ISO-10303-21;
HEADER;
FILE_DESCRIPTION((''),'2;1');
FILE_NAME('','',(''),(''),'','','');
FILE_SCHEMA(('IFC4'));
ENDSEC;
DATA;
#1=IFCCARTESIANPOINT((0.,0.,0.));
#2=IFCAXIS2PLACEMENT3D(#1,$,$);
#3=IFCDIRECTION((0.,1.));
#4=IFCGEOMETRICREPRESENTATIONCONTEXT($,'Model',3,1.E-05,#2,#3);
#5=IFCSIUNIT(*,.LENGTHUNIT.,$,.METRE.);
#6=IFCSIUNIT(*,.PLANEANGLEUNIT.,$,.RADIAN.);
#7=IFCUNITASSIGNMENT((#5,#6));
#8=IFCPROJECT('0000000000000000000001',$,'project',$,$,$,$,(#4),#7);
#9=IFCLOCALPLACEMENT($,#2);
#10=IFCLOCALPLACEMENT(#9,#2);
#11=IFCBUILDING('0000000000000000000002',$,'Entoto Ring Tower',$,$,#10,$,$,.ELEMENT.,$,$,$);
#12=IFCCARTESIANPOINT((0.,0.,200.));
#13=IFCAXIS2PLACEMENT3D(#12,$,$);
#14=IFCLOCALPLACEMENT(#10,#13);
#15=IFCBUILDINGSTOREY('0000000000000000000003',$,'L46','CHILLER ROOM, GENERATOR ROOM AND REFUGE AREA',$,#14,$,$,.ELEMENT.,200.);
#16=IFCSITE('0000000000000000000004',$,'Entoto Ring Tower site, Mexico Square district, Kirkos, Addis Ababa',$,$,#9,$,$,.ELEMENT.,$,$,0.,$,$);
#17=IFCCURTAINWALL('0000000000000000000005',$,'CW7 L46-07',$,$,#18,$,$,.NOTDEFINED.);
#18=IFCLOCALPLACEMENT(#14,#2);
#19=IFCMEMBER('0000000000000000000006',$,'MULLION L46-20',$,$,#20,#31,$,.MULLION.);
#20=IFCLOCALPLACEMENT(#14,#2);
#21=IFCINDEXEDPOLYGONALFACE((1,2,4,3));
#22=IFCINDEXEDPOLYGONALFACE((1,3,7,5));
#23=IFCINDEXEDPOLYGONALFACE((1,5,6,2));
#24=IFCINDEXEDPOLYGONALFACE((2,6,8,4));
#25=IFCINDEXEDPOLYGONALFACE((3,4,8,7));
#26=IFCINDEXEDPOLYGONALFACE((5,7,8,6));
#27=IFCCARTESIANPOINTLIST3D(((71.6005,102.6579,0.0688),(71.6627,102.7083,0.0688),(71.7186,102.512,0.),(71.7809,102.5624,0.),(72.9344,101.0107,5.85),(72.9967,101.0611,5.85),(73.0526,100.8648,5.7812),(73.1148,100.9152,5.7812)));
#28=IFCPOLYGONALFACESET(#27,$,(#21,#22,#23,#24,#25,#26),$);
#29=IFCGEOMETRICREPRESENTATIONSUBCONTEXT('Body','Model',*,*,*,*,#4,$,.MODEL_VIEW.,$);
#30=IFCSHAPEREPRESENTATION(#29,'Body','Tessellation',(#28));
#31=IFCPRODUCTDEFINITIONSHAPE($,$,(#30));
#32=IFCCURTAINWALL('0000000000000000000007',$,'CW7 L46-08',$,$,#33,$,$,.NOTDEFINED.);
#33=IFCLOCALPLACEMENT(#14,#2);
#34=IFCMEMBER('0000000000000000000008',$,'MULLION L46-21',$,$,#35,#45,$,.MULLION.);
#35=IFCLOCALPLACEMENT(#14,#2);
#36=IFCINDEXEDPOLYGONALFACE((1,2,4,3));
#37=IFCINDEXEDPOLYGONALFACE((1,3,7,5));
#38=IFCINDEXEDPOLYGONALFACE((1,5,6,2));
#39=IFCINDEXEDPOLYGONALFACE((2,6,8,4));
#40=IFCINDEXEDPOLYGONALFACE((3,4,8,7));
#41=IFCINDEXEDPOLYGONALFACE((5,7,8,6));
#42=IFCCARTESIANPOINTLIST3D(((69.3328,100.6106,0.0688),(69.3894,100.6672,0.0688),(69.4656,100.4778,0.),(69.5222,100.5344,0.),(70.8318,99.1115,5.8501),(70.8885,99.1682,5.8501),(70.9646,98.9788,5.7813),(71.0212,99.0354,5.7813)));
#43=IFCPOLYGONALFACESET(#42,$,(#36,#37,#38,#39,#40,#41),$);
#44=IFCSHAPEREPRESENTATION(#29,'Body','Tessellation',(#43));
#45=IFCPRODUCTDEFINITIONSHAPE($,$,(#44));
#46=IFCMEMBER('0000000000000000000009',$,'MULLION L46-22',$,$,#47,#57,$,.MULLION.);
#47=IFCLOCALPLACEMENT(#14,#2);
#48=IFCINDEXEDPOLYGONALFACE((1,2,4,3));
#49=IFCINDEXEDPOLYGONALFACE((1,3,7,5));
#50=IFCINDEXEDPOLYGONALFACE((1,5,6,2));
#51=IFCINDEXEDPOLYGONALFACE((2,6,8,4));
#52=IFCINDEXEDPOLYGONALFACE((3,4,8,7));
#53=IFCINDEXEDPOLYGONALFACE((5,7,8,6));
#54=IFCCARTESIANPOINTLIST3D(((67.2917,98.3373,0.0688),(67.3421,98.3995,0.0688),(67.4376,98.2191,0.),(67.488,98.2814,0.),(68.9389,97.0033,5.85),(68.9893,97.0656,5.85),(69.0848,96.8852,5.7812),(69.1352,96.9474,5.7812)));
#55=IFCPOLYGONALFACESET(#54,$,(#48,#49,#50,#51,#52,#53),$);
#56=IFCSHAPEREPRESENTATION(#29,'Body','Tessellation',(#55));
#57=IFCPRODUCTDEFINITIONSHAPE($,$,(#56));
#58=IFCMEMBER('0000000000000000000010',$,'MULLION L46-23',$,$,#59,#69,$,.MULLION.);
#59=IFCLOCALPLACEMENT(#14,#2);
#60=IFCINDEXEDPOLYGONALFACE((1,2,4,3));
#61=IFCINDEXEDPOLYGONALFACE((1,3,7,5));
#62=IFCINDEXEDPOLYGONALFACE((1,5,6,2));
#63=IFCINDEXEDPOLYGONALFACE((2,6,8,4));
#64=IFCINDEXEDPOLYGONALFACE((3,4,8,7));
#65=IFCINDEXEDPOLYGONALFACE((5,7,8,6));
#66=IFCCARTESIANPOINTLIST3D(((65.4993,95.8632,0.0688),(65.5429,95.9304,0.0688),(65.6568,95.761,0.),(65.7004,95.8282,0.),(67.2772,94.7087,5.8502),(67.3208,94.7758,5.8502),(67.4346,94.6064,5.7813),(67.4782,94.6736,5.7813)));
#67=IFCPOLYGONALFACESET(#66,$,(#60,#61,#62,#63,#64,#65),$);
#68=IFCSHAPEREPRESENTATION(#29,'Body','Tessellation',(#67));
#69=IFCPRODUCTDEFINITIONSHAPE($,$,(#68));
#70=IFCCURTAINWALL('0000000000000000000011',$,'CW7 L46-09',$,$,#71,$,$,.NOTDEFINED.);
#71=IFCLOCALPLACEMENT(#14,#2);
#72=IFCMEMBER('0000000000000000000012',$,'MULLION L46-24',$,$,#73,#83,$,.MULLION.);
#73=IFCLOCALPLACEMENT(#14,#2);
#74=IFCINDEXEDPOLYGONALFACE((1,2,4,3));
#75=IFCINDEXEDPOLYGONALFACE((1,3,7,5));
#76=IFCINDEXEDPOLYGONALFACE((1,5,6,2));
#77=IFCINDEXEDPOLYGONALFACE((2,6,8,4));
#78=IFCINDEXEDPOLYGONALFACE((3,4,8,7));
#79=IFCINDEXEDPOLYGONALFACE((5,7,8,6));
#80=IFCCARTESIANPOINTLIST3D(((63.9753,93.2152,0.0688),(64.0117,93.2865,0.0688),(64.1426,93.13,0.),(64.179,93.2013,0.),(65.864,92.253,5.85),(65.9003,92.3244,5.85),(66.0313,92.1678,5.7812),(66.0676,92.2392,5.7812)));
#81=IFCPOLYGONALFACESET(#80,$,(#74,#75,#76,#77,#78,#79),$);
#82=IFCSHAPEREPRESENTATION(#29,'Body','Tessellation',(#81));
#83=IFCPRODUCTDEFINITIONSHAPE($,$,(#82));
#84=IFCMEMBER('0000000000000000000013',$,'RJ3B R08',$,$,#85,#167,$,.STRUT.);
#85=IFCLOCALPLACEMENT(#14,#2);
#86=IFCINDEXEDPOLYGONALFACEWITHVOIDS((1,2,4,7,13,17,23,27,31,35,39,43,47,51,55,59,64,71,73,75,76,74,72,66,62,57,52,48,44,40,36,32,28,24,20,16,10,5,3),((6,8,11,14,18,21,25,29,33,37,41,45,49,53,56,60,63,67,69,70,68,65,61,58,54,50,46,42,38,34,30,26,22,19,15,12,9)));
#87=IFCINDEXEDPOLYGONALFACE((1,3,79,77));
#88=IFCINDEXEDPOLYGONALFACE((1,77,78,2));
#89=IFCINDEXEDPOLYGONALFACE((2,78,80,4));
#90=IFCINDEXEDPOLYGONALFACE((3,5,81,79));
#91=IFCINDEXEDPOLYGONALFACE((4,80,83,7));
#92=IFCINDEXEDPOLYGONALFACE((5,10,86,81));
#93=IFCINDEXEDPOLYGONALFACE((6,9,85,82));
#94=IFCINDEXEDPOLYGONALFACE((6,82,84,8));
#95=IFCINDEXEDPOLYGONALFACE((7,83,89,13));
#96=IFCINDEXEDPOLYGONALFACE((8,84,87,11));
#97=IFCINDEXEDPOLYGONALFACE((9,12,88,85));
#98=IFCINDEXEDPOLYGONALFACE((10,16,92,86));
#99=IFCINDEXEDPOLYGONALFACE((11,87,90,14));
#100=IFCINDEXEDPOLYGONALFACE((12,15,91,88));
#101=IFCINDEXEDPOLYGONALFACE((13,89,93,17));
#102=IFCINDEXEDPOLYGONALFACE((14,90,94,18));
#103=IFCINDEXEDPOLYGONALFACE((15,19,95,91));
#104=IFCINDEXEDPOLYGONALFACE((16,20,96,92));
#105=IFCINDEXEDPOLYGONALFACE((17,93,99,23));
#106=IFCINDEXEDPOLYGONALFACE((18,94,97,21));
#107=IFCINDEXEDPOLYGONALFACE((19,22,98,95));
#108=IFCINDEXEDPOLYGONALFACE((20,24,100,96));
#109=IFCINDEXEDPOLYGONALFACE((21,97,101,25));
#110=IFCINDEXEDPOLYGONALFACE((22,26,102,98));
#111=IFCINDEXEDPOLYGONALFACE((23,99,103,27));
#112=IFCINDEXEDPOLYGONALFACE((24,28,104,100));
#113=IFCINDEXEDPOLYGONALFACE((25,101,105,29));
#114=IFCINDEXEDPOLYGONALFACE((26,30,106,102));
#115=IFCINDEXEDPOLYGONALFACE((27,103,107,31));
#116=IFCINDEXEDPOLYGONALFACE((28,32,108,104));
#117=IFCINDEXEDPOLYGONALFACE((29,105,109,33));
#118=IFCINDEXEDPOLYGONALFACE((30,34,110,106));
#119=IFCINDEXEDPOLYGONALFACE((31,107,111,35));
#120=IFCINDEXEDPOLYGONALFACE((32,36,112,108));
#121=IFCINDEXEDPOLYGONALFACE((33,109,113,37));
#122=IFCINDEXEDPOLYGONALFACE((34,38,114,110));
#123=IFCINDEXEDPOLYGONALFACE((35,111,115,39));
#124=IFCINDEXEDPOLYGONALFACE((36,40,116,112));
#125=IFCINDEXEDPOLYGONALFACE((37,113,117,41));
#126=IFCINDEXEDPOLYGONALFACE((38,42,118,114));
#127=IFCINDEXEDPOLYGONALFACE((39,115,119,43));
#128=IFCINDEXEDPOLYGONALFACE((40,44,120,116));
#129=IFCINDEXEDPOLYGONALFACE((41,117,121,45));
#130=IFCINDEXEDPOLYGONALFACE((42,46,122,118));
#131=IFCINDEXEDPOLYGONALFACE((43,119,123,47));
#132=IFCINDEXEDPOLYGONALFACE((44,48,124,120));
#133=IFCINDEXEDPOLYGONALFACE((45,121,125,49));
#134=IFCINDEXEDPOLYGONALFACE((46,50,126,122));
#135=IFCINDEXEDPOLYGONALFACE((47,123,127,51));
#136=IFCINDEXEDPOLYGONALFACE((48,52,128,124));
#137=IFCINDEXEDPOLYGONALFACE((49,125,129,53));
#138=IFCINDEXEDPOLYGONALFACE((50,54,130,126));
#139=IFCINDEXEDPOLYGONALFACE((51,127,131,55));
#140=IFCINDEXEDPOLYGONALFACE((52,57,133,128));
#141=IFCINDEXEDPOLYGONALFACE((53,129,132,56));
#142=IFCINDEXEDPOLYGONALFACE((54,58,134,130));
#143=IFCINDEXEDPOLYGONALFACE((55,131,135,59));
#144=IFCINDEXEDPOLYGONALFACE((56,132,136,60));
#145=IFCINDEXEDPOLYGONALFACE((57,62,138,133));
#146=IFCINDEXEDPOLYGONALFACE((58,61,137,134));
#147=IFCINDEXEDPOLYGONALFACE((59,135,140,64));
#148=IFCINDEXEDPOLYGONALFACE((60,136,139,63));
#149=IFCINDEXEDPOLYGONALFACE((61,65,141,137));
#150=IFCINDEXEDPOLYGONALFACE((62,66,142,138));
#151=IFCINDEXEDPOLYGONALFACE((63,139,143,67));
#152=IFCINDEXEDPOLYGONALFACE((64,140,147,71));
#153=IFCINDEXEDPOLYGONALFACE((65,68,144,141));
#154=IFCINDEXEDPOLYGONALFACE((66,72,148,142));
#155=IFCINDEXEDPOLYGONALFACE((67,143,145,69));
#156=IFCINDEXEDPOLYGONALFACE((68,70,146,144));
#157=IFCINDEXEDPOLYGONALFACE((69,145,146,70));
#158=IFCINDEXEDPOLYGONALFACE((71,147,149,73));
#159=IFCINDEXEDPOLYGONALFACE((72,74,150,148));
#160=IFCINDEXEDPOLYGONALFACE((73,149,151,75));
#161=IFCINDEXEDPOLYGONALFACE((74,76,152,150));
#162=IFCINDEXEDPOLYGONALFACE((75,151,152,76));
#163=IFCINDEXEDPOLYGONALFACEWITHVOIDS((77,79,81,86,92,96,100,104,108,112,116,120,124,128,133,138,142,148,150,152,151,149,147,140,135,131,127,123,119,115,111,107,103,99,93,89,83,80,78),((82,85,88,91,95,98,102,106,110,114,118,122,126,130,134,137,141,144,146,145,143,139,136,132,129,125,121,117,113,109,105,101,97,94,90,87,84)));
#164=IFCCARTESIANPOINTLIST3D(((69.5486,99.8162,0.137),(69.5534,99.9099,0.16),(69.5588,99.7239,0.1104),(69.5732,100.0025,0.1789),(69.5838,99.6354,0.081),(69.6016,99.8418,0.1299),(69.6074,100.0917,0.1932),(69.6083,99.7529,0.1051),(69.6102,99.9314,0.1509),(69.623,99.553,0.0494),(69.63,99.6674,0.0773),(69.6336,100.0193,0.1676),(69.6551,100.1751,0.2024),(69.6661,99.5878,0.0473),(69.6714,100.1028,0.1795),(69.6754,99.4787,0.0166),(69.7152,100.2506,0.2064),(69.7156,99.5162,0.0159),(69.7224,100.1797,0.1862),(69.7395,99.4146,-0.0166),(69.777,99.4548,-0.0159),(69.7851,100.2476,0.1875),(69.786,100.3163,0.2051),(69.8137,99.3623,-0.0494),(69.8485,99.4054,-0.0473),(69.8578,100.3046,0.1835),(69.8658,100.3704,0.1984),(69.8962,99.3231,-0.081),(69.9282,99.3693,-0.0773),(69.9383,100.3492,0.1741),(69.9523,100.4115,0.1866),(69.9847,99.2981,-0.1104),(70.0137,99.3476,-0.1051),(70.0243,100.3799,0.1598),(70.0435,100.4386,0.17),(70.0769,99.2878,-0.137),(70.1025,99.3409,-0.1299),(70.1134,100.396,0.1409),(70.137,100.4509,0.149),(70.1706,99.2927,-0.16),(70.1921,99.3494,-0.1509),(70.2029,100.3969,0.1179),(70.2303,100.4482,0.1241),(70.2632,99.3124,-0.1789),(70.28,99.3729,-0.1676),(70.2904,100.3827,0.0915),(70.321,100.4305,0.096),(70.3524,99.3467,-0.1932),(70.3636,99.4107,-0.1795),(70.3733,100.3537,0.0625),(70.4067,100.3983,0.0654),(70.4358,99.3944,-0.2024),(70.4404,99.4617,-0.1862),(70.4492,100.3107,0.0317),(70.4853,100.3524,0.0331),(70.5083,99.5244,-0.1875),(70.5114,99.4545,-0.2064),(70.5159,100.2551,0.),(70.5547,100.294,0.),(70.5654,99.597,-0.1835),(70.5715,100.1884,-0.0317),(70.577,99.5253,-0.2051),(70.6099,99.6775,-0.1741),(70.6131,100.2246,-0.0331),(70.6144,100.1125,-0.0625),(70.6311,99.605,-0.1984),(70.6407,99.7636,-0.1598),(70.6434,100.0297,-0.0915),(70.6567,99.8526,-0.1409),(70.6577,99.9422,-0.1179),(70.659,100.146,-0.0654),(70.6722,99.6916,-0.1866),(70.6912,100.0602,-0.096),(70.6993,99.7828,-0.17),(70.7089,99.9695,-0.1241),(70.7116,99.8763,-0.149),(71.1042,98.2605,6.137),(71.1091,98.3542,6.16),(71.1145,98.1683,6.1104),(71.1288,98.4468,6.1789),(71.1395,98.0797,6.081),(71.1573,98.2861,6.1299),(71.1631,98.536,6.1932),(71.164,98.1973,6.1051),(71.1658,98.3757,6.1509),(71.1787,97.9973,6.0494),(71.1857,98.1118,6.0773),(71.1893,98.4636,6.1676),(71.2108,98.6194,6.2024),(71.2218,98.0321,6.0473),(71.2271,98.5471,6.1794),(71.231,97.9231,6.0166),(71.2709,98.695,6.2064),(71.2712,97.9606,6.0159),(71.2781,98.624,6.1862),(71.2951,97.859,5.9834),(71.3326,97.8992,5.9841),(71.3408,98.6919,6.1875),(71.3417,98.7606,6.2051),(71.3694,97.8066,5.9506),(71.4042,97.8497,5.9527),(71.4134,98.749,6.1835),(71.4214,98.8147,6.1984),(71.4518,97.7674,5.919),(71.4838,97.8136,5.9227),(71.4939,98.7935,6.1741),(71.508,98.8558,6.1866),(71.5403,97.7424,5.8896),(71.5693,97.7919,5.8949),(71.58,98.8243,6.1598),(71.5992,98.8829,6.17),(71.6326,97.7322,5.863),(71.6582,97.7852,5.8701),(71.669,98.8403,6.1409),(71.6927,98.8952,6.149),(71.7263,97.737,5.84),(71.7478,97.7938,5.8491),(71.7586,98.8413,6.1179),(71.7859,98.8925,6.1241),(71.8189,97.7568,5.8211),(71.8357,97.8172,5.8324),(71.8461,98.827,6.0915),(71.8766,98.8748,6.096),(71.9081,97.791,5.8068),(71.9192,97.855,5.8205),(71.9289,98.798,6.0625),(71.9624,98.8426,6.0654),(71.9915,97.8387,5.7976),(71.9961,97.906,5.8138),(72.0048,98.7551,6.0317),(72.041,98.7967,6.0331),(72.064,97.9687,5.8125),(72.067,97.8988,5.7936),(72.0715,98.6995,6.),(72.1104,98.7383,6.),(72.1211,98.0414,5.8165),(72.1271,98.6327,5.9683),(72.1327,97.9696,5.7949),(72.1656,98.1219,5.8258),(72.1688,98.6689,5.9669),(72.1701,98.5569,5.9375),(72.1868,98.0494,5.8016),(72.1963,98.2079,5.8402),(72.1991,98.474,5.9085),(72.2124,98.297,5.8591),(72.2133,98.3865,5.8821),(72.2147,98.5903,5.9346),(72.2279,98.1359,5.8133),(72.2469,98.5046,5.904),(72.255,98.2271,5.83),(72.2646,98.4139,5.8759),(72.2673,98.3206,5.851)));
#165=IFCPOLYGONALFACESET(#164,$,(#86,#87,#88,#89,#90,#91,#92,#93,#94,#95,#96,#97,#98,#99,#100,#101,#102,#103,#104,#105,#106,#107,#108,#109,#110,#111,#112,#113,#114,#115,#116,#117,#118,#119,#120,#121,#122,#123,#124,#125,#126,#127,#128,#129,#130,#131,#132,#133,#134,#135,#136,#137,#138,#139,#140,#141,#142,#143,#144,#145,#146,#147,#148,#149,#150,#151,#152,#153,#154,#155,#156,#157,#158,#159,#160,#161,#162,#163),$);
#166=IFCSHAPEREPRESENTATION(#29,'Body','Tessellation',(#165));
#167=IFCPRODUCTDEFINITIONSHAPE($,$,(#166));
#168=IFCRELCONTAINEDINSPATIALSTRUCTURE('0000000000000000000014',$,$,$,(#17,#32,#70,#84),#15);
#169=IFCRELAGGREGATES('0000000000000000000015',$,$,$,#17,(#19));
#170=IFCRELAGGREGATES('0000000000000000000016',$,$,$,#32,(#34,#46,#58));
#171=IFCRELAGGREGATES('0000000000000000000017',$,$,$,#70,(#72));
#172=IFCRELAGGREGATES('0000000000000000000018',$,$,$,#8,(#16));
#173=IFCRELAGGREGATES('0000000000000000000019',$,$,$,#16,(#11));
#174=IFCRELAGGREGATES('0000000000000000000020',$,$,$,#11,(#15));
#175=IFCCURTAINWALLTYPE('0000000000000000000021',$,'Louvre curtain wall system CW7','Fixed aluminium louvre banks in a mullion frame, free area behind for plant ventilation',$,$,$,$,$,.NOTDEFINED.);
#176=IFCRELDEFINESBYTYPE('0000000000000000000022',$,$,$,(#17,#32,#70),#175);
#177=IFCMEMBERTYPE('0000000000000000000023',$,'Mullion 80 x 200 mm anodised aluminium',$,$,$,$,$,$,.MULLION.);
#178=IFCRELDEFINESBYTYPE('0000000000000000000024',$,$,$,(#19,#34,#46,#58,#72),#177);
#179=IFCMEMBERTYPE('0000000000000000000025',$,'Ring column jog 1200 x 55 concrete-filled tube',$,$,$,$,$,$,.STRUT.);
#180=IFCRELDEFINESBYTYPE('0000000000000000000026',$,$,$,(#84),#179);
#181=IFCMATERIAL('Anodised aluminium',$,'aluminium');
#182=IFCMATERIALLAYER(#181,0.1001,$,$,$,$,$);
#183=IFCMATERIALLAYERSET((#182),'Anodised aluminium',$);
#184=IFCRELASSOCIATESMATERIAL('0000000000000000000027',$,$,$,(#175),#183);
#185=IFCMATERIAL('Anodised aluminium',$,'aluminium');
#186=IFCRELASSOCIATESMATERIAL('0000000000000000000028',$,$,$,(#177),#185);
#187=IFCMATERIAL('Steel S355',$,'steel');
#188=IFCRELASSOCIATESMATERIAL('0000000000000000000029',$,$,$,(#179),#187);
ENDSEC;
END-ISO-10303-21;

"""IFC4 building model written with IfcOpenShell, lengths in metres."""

from ifc_helpers import new_model, si_unit, direction, frame, origin, origin_2d, place, context, subcontext, project, spatial, rectangle, circle, hollow_circle, extrude, material, layer, layer_set, material_profile, profile_set, type_object, element, aggregate, save


model = new_model("IFC4")

# Units and contexts
model_context = context("Model", 3, precision=1e-05, world=origin(), true_north=direction((0.0, 1.0)))
body_context = subcontext(model_context, "Body", "Model", "MODEL_VIEW")
ifc_project = project(units=[si_unit("LENGTHUNIT", "METRE"), si_unit("PLANEANGLEUNIT", "RADIAN")], contexts=[model_context])

# Site, building, storey
site_placement = place(None, origin())
site = spatial("IfcSite", under=ifc_project, at=site_placement, Name="Entoto Ring Tower site, Mexico Square district, Kirkos, Addis Ababa", CompositionType="ELEMENT", RefElevation=0.0)
building_placement = place(site_placement, origin())
building = spatial("IfcBuilding", under=site, at=building_placement, Name="Entoto Ring Tower", CompositionType="ELEMENT")
storey_placement = place(building_placement, frame((0.0, 0.0, 200.0)))
storey = spatial("IfcBuildingStorey", under=building, at=storey_placement, Name="L46", Description="CHILLER ROOM, GENERATOR ROOM AND REFUGE AREA", CompositionType="ELEMENT", Elevation=200.0)

# Curtain walls, members
ifc_material_1 = material(Name="Anodised aluminium", Category="aluminium")
ifc_layer_1 = layer(ifc_material_1, 0.1001)
ifc_layer_set_1 = layer_set([ifc_layer_1], Name="Anodised aluminium")
curtain_wall_type = type_object("IfcCurtainWallType", Name="Louvre curtain wall system CW7", Description="Fixed aluminium louvre banks in a mullion frame, free area behind for plant ventilation", PredefinedType="NOTDEFINED", material=ifc_layer_set_1)
curtain_wall_1_placement = place(storey_placement, origin())
curtain_wall_1 = element("IfcCurtainWall", 1, at=curtain_wall_1_placement, inside=storey, type_object=curtain_wall_type, Name="CW7 L46-07", PredefinedType="NOTDEFINED")
ifc_material_2 = material(Name="Anodised aluminium", Category="aluminium")
ifc_material_profile_1 = material_profile(ifc_material_2, rectangle(XDim=0.0801, YDim=0.2, at=origin_2d()), Name="Mullion 80 x 200 mm anodised aluminium")
ifc_profile_set_1 = profile_set([ifc_material_profile_1], Name="Anodised aluminium")
member_type_1 = type_object("IfcMemberType", Name="Mullion 80 x 200 mm anodised aluminium", PredefinedType="MULLION", material=ifc_profile_set_1)
member_1_placement = place(storey_placement, frame((71.6907, 102.6101, 0.0344), z_axis=(0.216641, -0.267511, 0.938885), x_axis=(0.777124, 0.629347, 0.0)))
member_1 = element("IfcMember", 2, at=member_1_placement, type_object=member_type_1, Name="MULLION L46-20", PredefinedType="MULLION", context=body_context, shape_type="SweptSolid", body=[
    extrude(rectangle(XDim=0.0801, YDim=0.2, at=origin_2d()), origin(), (0.0, 0.0, 1.0), 6.1575),
])
aggregate(curtain_wall_1, [member_1])
curtain_wall_2_placement = place(storey_placement, origin())
curtain_wall_2 = element("IfcCurtainWall", 3, at=curtain_wall_2_placement, inside=storey, type_object=curtain_wall_type, Name="CW7 L46-08", PredefinedType="NOTDEFINED")
member_2_placement = place(storey_placement, frame((69.4275, 100.5725, 0.0344), z_axis=(0.24344, -0.24344, 0.938869), x_axis=(0.707107, 0.707107, 0.0)))
member_2 = element("IfcMember", 4, at=member_2_placement, type_object=member_type_1, Name="MULLION L46-21", PredefinedType="MULLION", context=body_context, shape_type="SweptSolid", body=[
    extrude(rectangle(XDim=0.0801, YDim=0.2, at=origin_2d()), origin(), (0.0, 0.0, 1.0), 6.1577),
])
member_3_placement = place(storey_placement, frame((67.3899, 98.3093, 0.0344), z_axis=(0.267511, -0.216641, 0.938885), x_axis=(0.629347, 0.777124, 0.0)))
member_3 = element("IfcMember", 5, at=member_3_placement, type_object=member_type_1, Name="MULLION L46-22", PredefinedType="MULLION", context=body_context, shape_type="SweptSolid", body=[
    extrude(rectangle(XDim=0.0801, YDim=0.2, at=origin_2d()), origin(), (0.0, 0.0, 1.0), 6.1575),
])
member_4_placement = place(storey_placement, frame((65.5999, 95.8457, 0.0344), z_axis=(0.28872, -0.187497, 0.938875), x_axis=(0.54464, 0.83867, 0.0)))
member_4 = element("IfcMember", 6, at=member_4_placement, type_object=member_type_1, Name="MULLION L46-23", PredefinedType="MULLION", context=body_context, shape_type="SweptSolid", body=[
    extrude(rectangle(XDim=0.0801, YDim=0.2, at=origin_2d()), origin(), (0.0, 0.0, 1.0), 6.1577),
])
aggregate(curtain_wall_2, [member_2, member_3, member_4])

# Curtain wall, member
curtain_wall_3_placement = place(storey_placement, origin())
curtain_wall_3 = element("IfcCurtainWall", 7, at=curtain_wall_3_placement, inside=storey, type_object=curtain_wall_type, Name="CW7 L46-09", PredefinedType="NOTDEFINED")
member_5_placement = place(storey_placement, frame((64.0771, 93.2083, 0.0344), z_axis=(0.306724, -0.156256, 0.938885), x_axis=(0.453928, 0.891039, 0.0)))
member_5 = element("IfcMember", 8, at=member_5_placement, type_object=member_type_1, Name="MULLION L46-24", PredefinedType="MULLION", context=body_context, shape_type="SweptSolid", body=[
    extrude(rectangle(XDim=0.0801, YDim=0.2, at=origin_2d()), origin(), (0.0, 0.0, 1.0), 6.1575),
])
aggregate(curtain_wall_3, [member_5])

# Member
ifc_material_3 = material(Name="Steel S355", Category="steel")
ifc_material_profile_2 = material_profile(ifc_material_3, hollow_circle(Radius=0.6001, WallThickness=0.0549, at=origin_2d()), Name="CHS 1200 x 55")
ifc_material_4 = material(Name="Concrete C60/75", Category="concrete")
ifc_material_profile_3 = material_profile(ifc_material_4, circle(Radius=0.5449, at=origin_2d()), Name="Concrete C60/75 infill")
ifc_profile_set_2 = profile_set([ifc_material_profile_2, ifc_material_profile_3], Name="Steel S355")
member_type_2 = type_object("IfcMemberType", Name="Ring column jog 1200 x 55 concrete-filled tube", PredefinedType="STRUT", material=ifc_profile_set_2)
for number, where, z_axis, x_axis, name in (
    (9, (70.1304, 99.8696, 0.0), (0.243429, -0.243429, 0.938874), (0.707107, 0.707107, 0.0), "RJ3B R08"),
):
    element("IfcMember", number, at=place(storey_placement, frame(where, z_axis=z_axis, x_axis=x_axis)), inside=storey, type_object=member_type_2, Name=name, PredefinedType="STRUT", context=body_context, shape_type="SweptSolid", body=[
        extrude(hollow_circle(Radius=0.6001, WallThickness=0.0549, at=origin_2d()), origin(), (0.0, 0.0, 1.0), 6.3906),
    ])

save(model, "model.ifc")
